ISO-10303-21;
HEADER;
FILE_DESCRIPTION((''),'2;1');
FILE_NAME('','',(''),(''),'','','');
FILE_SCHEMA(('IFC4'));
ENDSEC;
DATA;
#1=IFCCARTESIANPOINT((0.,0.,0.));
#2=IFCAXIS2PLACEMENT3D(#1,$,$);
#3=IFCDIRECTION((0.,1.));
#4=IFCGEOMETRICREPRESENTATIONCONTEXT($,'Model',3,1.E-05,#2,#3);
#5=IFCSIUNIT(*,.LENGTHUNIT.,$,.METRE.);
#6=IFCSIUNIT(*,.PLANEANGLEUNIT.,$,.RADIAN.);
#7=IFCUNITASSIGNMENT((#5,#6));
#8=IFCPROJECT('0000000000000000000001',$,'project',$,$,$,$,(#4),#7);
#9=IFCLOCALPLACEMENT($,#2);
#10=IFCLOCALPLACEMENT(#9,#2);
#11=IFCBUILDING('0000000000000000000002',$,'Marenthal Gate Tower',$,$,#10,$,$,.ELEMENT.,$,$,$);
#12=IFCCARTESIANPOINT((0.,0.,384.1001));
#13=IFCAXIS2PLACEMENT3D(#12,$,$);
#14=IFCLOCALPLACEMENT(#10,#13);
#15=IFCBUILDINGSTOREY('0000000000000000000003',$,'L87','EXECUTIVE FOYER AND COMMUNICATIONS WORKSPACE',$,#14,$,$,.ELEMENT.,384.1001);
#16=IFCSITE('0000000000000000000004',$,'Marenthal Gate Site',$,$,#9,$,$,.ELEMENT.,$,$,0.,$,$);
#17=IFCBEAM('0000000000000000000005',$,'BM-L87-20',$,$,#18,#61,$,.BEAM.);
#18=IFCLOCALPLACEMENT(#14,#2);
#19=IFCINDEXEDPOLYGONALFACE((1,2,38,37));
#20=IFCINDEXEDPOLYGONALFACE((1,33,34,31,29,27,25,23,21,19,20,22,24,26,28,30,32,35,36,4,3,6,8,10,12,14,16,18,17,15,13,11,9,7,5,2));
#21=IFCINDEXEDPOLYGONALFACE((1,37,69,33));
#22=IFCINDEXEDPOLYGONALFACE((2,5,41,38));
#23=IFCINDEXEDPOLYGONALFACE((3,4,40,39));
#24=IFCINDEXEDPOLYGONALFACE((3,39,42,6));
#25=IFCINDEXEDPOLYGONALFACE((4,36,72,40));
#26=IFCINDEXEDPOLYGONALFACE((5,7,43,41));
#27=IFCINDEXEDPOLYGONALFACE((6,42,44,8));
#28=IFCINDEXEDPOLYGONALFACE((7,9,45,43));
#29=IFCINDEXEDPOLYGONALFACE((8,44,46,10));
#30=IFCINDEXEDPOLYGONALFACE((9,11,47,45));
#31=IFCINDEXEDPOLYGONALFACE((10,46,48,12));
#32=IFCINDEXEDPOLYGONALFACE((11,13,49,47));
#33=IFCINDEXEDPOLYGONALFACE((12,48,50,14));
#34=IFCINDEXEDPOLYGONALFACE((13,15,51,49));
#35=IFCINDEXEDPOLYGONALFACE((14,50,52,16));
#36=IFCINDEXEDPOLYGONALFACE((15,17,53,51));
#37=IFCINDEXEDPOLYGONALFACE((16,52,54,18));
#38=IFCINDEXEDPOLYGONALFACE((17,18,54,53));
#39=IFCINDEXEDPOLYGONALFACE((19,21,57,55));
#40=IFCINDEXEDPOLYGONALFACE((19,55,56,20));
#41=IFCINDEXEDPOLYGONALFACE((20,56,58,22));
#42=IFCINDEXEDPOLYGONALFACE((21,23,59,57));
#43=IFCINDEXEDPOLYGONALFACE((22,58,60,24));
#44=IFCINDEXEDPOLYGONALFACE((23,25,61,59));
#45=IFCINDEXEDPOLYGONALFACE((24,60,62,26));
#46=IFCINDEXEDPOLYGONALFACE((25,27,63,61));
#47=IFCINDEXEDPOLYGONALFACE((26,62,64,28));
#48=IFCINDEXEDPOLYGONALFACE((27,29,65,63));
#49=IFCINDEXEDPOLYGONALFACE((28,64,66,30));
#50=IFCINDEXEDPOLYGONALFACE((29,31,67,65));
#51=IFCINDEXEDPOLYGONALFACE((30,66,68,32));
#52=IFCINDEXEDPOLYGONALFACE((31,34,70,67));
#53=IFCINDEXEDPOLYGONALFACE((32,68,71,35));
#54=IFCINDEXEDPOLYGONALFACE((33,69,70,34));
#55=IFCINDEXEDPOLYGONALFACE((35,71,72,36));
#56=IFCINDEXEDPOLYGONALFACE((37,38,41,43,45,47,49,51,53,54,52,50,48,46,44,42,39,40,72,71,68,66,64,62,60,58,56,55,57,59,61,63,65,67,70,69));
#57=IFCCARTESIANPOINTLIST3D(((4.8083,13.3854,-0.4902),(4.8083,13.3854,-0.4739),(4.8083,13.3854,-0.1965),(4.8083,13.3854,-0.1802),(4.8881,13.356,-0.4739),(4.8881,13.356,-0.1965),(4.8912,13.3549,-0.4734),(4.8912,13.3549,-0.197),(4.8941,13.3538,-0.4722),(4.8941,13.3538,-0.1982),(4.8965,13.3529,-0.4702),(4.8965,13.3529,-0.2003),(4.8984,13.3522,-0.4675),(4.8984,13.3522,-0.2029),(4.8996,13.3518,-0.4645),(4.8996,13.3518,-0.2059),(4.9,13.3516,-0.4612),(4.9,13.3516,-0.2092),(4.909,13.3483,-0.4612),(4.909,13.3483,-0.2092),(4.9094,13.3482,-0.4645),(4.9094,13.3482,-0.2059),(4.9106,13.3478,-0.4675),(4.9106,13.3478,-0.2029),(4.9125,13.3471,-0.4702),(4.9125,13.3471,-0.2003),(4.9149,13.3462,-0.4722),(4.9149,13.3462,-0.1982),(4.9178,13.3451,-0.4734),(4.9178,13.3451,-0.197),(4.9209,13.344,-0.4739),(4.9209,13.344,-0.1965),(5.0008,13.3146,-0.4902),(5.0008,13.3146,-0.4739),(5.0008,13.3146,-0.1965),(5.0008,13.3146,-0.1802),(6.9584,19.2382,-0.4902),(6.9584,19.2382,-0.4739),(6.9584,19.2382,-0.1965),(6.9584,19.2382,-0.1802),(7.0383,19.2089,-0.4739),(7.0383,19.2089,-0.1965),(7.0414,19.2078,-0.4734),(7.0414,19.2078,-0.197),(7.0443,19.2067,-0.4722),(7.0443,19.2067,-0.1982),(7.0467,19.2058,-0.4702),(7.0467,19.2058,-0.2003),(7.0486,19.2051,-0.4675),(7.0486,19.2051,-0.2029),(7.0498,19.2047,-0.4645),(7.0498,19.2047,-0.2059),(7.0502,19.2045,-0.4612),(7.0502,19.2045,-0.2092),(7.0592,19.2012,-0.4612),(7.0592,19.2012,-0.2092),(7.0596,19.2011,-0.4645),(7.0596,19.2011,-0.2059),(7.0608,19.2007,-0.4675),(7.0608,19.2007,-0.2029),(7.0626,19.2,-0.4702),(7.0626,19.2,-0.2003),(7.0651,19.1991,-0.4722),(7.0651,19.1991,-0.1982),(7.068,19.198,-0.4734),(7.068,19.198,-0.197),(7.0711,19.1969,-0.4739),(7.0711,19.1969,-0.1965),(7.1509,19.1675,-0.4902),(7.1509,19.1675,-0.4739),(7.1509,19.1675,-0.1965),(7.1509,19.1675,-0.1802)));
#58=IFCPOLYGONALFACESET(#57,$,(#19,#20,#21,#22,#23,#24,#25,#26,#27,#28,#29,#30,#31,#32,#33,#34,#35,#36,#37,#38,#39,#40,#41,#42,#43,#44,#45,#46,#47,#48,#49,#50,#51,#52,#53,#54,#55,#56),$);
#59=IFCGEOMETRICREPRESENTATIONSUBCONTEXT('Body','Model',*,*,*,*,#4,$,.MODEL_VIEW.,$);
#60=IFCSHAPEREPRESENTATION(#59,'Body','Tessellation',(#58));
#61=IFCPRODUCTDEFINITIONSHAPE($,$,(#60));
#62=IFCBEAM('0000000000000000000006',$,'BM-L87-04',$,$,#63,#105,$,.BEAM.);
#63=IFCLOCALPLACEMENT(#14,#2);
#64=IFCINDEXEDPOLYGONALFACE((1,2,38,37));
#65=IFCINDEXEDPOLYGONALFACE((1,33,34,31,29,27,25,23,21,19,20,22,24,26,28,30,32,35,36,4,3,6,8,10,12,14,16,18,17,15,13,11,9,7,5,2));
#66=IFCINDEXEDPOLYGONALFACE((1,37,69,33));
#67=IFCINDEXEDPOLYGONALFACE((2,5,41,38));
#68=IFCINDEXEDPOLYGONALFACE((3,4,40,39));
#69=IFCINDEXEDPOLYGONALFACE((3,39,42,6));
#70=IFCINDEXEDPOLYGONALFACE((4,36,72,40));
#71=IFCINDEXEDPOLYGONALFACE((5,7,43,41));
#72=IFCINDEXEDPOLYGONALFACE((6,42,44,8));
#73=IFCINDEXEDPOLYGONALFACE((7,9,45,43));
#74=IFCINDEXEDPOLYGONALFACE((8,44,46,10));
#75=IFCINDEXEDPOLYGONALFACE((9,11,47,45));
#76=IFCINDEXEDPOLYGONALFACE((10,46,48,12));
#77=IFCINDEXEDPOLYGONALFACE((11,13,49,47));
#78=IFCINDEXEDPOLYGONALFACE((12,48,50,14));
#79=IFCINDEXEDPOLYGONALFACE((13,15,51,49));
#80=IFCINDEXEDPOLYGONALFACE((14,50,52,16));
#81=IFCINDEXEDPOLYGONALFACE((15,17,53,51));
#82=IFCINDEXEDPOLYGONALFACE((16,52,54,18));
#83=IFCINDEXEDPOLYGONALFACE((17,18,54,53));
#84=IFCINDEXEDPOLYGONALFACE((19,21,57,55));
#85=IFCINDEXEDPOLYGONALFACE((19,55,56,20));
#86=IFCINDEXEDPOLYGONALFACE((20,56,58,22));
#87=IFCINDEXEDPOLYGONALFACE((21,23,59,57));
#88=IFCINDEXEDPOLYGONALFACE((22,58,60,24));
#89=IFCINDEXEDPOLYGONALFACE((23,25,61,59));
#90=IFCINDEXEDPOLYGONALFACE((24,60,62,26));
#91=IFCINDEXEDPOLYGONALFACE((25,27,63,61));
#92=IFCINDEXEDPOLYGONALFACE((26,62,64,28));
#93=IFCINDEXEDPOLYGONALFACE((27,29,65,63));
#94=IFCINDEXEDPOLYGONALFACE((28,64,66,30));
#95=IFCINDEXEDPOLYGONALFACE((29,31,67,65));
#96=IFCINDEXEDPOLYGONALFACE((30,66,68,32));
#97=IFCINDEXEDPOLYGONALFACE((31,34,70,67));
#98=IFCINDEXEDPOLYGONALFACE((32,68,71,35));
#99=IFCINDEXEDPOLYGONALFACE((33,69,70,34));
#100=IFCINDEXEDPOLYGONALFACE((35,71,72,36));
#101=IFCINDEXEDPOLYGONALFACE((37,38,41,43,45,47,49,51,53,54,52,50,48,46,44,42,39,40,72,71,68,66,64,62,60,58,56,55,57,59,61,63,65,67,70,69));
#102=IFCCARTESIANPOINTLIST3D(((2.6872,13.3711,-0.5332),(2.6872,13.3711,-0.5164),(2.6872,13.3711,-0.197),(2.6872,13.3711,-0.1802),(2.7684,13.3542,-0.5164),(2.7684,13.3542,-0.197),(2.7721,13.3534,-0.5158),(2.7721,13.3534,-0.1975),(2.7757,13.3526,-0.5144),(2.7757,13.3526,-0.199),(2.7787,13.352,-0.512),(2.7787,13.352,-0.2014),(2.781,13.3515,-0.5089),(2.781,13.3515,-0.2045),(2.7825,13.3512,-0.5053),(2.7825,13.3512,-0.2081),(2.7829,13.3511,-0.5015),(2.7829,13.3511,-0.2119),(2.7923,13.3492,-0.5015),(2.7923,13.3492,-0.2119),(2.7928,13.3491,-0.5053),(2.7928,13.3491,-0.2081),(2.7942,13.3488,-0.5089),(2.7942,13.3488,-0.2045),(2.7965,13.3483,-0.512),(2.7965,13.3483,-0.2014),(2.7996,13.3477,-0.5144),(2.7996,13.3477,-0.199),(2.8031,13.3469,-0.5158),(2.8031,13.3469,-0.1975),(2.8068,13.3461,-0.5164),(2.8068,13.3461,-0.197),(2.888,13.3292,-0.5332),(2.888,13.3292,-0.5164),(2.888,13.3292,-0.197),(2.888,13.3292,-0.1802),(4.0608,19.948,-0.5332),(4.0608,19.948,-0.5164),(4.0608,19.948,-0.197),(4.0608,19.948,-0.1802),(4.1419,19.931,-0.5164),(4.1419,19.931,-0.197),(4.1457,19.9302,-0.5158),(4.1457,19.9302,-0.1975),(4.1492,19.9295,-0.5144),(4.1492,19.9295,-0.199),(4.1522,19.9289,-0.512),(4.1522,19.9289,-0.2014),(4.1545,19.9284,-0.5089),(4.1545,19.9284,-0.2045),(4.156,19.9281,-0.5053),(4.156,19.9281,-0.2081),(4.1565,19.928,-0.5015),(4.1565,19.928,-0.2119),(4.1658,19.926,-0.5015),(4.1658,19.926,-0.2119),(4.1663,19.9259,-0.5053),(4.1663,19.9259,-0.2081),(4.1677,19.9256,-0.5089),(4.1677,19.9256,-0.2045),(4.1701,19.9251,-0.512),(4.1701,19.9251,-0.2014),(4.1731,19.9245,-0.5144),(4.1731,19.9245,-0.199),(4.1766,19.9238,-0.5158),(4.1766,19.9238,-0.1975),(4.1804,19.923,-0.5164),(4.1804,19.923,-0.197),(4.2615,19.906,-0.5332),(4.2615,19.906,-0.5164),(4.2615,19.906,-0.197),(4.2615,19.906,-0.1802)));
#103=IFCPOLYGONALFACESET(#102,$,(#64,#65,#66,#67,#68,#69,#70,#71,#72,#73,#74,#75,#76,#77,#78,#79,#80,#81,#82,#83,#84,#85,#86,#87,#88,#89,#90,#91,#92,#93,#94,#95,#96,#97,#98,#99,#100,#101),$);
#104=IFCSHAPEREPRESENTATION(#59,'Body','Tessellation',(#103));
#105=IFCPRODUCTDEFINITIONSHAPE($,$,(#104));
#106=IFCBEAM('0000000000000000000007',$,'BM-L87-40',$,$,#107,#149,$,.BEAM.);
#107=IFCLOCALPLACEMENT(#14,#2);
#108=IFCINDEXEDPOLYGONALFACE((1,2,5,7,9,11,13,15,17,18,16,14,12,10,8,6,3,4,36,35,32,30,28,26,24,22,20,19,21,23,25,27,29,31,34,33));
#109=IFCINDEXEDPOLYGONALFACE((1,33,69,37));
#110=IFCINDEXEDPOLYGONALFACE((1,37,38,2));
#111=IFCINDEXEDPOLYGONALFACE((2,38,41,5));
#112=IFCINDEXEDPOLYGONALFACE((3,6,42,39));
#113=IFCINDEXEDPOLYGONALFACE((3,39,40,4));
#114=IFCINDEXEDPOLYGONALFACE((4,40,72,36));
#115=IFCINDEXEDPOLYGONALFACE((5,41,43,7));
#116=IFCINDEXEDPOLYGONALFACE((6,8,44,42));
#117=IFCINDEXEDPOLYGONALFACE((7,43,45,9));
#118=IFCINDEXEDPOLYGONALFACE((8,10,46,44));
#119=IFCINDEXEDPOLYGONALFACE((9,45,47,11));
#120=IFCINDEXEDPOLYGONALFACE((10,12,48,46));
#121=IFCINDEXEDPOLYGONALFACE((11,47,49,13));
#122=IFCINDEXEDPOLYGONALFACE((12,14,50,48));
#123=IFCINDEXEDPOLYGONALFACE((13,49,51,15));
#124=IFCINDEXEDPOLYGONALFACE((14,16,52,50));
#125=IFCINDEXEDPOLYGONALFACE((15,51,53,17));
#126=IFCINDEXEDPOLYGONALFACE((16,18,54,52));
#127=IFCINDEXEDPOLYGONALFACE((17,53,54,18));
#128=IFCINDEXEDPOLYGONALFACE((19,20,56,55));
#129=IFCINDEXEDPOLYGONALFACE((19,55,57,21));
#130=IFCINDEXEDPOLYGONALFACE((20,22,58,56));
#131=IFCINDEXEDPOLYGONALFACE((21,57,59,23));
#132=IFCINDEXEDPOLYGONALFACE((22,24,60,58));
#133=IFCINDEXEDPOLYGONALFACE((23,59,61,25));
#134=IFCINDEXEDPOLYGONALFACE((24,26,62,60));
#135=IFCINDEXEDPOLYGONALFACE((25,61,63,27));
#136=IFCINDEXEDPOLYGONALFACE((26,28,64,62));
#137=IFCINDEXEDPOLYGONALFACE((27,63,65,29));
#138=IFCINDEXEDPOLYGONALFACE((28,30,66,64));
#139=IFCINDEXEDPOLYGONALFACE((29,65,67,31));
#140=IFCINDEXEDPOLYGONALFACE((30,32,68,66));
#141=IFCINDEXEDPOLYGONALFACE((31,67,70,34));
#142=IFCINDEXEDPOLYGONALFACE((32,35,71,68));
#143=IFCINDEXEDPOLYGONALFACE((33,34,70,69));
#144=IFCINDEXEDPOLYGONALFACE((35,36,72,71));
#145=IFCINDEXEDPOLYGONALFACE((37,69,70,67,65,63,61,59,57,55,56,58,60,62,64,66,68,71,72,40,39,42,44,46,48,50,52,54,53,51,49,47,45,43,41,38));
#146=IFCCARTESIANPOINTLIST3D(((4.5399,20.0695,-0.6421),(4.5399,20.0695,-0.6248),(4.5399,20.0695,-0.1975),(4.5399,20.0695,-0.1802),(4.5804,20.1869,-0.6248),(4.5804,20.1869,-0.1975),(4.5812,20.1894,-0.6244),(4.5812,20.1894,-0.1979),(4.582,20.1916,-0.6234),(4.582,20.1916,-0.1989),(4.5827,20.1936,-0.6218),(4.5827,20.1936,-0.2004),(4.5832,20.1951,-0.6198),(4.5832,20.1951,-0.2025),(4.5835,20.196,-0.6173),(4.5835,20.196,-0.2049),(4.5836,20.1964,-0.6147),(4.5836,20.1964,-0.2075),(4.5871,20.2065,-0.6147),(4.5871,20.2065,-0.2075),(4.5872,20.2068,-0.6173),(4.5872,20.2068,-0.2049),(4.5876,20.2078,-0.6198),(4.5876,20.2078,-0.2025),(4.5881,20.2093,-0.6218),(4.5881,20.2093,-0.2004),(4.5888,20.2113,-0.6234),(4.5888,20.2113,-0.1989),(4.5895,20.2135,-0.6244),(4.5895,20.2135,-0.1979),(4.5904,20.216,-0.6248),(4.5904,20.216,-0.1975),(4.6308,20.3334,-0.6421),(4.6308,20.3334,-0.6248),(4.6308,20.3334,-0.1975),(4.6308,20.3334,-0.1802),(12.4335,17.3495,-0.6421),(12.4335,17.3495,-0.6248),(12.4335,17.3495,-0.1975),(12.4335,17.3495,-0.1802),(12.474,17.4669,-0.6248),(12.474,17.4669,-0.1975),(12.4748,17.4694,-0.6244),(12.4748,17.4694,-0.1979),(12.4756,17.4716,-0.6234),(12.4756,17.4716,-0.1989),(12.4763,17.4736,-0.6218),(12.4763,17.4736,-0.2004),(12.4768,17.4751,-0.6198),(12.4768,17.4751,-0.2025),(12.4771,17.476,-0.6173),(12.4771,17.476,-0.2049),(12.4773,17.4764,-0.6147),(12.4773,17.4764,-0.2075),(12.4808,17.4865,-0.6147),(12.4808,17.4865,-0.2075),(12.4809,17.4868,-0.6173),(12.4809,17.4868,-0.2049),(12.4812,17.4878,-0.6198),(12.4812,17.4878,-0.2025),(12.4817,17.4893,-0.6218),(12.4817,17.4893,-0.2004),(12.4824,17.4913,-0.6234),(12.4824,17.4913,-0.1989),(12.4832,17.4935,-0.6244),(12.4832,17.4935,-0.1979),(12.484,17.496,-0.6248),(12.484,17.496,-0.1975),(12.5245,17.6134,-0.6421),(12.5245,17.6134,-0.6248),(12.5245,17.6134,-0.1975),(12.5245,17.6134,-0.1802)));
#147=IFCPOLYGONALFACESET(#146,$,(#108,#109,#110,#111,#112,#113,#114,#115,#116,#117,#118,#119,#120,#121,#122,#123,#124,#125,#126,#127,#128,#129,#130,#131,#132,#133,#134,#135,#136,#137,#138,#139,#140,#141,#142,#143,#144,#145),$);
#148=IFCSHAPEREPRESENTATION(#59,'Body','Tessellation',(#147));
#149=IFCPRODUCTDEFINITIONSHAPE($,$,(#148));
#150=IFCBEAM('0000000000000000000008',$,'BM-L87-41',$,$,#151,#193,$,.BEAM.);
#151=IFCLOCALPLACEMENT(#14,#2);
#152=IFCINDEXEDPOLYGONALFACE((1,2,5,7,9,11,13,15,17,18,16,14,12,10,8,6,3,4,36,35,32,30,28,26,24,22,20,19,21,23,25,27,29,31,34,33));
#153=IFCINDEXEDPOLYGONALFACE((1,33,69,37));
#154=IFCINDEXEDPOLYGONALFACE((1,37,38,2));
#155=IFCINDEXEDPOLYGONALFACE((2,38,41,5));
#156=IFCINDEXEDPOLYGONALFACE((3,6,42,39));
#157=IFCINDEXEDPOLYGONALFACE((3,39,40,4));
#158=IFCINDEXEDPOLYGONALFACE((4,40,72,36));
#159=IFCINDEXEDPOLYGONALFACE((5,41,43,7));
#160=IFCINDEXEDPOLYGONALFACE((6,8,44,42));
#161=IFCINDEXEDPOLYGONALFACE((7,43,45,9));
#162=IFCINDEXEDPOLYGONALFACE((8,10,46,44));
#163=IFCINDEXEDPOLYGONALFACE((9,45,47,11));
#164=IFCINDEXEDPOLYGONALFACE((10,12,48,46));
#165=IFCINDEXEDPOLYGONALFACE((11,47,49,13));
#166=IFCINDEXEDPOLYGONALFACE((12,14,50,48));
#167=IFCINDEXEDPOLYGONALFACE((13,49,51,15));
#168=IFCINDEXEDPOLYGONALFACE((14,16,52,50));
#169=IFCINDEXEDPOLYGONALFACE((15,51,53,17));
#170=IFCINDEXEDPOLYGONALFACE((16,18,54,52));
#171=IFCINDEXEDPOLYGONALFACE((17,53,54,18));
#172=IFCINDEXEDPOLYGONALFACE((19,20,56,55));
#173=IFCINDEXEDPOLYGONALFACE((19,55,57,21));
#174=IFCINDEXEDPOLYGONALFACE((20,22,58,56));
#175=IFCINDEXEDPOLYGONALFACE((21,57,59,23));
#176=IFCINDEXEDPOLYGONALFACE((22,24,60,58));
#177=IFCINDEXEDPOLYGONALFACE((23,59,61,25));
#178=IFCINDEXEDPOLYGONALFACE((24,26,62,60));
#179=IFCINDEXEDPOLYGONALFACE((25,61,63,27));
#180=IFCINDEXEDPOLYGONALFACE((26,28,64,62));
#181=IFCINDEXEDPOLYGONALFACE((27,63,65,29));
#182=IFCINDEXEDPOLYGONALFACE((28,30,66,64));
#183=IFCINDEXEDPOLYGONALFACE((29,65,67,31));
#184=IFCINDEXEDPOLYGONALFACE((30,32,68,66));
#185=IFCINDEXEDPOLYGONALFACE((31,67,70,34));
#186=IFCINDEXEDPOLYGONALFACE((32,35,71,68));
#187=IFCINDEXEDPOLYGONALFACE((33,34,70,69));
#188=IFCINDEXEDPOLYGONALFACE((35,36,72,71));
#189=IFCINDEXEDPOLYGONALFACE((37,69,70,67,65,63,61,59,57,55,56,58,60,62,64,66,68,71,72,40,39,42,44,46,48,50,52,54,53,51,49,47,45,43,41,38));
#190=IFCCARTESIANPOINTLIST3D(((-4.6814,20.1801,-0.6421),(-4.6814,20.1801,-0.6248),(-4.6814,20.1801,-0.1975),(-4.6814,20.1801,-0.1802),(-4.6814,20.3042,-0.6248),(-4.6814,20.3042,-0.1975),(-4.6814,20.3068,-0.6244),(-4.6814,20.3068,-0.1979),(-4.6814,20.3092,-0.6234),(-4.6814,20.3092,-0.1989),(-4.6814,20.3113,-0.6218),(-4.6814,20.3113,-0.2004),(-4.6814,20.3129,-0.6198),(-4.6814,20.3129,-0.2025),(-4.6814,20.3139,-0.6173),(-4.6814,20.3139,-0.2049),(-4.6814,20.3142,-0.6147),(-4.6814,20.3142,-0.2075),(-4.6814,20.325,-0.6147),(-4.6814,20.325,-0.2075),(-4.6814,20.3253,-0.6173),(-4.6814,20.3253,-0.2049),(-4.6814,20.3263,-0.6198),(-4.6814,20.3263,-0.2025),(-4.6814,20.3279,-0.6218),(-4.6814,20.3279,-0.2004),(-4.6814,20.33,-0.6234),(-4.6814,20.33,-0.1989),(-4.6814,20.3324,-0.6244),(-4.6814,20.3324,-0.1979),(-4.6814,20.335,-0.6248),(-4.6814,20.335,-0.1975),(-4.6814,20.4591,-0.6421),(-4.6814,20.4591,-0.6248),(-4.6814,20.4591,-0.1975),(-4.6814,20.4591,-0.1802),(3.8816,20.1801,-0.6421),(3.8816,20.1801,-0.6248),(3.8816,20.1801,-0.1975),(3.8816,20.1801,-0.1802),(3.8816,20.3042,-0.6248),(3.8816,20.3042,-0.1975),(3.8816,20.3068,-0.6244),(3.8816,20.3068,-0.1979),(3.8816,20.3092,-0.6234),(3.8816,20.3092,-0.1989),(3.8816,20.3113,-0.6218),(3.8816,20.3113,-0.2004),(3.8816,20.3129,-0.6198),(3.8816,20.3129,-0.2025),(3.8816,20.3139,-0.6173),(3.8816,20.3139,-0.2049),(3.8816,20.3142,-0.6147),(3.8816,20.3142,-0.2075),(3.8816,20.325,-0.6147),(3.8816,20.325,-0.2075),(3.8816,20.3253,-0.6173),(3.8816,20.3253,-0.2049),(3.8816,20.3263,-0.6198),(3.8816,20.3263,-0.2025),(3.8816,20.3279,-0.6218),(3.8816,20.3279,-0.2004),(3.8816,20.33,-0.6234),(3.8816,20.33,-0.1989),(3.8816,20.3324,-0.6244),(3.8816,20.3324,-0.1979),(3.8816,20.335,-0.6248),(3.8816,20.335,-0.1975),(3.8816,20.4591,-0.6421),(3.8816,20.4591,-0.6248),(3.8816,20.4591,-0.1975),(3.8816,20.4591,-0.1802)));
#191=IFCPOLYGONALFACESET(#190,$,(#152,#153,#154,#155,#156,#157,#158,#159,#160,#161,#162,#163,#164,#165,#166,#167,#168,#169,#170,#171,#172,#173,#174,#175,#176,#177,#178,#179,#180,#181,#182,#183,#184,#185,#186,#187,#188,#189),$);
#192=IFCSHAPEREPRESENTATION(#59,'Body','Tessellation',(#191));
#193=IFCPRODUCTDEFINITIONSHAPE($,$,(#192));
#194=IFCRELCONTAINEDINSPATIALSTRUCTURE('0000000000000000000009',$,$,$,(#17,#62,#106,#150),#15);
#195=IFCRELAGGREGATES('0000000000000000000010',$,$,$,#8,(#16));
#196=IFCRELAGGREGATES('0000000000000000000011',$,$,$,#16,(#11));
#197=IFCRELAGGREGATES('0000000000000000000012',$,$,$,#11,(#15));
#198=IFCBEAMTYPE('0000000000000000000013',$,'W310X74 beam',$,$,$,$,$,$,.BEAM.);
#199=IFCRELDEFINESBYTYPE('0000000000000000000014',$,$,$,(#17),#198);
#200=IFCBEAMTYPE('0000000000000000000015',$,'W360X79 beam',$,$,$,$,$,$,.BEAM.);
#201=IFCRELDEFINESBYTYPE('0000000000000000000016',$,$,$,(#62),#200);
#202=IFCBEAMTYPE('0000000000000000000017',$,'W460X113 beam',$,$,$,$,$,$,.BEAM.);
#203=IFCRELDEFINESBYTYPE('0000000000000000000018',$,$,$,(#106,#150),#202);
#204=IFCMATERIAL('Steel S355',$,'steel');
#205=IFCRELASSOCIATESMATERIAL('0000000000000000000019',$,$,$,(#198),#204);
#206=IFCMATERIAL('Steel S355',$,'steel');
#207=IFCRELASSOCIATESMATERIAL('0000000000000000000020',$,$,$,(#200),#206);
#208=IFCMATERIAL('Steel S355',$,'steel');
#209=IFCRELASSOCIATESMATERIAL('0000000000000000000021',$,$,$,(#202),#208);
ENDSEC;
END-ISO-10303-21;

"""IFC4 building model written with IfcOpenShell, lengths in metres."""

from ifc_helpers import new_model, si_unit, direction, frame, origin, origin_2d, place, context, subcontext, project, spatial, i_section, extrude, material, material_profile, profile_set, type_object, element, save


model = new_model("IFC4")

# Units and contexts
model_context = context("Model", 3, precision=1e-05, world=origin(), true_north=direction((0.0, 1.0)))
body_context = subcontext(model_context, "Body", "Model", "MODEL_VIEW")
ifc_project = project(units=[si_unit("LENGTHUNIT", "METRE"), si_unit("PLANEANGLEUNIT", "RADIAN")], contexts=[model_context])

# Site, building, storey
site_placement = place(None, origin())
site = spatial("IfcSite", under=ifc_project, at=site_placement, Name="Marenthal Gate Site", CompositionType="ELEMENT", RefElevation=0.0)
building_placement = place(site_placement, origin())
building = spatial("IfcBuilding", under=site, at=building_placement, Name="Marenthal Gate Tower", CompositionType="ELEMENT")
storey_placement = place(building_placement, frame((0.0, 0.0, 384.1001)))
storey = spatial("IfcBuildingStorey", under=building, at=storey_placement, Name="L87", Description="EXECUTIVE FOYER AND COMMUNICATIONS WORKSPACE", CompositionType="ELEMENT", Elevation=384.1001)

# Beams
ifc_material_1 = material(Name="Steel S355", Category="steel")
ifc_material_profile_1 = material_profile(ifc_material_1, i_section(OverallWidth=0.2051, OverallDepth=0.3101, WebThickness=0.0095, FlangeThickness=0.0164, FilletRadius=0.0127, at=origin_2d()), Name="W310X74")
ifc_profile_set_1 = profile_set([ifc_material_profile_1], Name="Steel S355")
beam_type_1 = type_object("IfcBeamType", Name="W310X74 beam", PredefinedType="BEAM", material=ifc_profile_set_1)
beam_1_placement = place(storey_placement, frame((7.0547, 19.2029, -0.3352), z_axis=(-0.344838, -0.938662, 0.0), x_axis=(0.938662, -0.344838, 0.0)))
element("IfcBeam", 1, at=beam_1_placement, inside=storey, type_object=beam_type_1, Name="BM-L87-20", PredefinedType="BEAM", context=body_context, shape_type="SweptSolid", body=[
    extrude(i_section(OverallWidth=0.2051, OverallDepth=0.3101, WebThickness=0.0095, FlangeThickness=0.0164, FilletRadius=0.0127, at=origin_2d()), origin(), (0.0, 0.0, 1.0), 6.2354),
])
ifc_material_2 = material(Name="Steel S355", Category="steel")
ifc_material_profile_2 = material_profile(ifc_material_2, i_section(OverallWidth=0.2051, OverallDepth=0.353, WebThickness=0.0095, FlangeThickness=0.0168, FilletRadius=0.0149, at=origin_2d()), Name="W360X79")
ifc_profile_set_2 = profile_set([ifc_material_profile_2], Name="Steel S355")
beam_type_2 = type_object("IfcBeamType", Name="W360X79 beam", PredefinedType="BEAM", material=ifc_profile_set_2)
beam_2_placement = place(storey_placement, frame((4.1611, 19.927, -0.3567), z_axis=(-0.204432, -0.978881, 0.0), x_axis=(0.978881, -0.204432, 0.0)))
element("IfcBeam", 2, at=beam_2_placement, inside=storey, type_object=beam_type_2, Name="BM-L87-04", PredefinedType="BEAM", context=body_context, shape_type="SweptSolid", body=[
    extrude(i_section(OverallWidth=0.2051, OverallDepth=0.353, WebThickness=0.0095, FlangeThickness=0.0168, FilletRadius=0.0149, at=origin_2d()), origin(), (0.0, 0.0, 1.0), 6.7188),
])
ifc_material_3 = material(Name="Steel S355", Category="steel")
ifc_material_profile_3 = material_profile(ifc_material_3, i_section(OverallWidth=0.2791, OverallDepth=0.4619, WebThickness=0.0107, FlangeThickness=0.0173, FilletRadius=0.01, at=origin_2d()), Name="W460X113")
ifc_profile_set_3 = profile_set([ifc_material_profile_3], Name="Steel S355")
beam_type_3 = type_object("IfcBeamType", Name="W460X113 beam", PredefinedType="BEAM", material=ifc_profile_set_3)
beam_3_placement = place(storey_placement, frame((12.479, 17.4814, -0.4111), z_axis=(-0.945445, 0.325783, 0.0), x_axis=(-0.325783, -0.945445, 0.0)))
element("IfcBeam", 3, at=beam_3_placement, inside=storey, type_object=beam_type_3, Name="BM-L87-40", PredefinedType="BEAM", context=body_context, shape_type="SweptSolid", body=[
    extrude(i_section(OverallWidth=0.2791, OverallDepth=0.4619, WebThickness=0.0107, FlangeThickness=0.0173, FilletRadius=0.01, at=origin_2d()), origin(), (0.0, 0.0, 1.0), 8.3491),
])
beam_4_placement = place(storey_placement, frame((3.8816, 20.3196, -0.4111), z_axis=(-1.0, 0.0, 0.0), x_axis=(0.0, -1.0, 0.0)))
element("IfcBeam", 4, at=beam_4_placement, inside=storey, type_object=beam_type_3, Name="BM-L87-41", PredefinedType="BEAM", context=body_context, shape_type="SweptSolid", body=[
    extrude(i_section(OverallWidth=0.2791, OverallDepth=0.4619, WebThickness=0.0107, FlangeThickness=0.0173, FilletRadius=0.01, at=origin_2d()), origin(), (0.0, 0.0, 1.0), 8.563),
])

save(model, "model.ifc")
